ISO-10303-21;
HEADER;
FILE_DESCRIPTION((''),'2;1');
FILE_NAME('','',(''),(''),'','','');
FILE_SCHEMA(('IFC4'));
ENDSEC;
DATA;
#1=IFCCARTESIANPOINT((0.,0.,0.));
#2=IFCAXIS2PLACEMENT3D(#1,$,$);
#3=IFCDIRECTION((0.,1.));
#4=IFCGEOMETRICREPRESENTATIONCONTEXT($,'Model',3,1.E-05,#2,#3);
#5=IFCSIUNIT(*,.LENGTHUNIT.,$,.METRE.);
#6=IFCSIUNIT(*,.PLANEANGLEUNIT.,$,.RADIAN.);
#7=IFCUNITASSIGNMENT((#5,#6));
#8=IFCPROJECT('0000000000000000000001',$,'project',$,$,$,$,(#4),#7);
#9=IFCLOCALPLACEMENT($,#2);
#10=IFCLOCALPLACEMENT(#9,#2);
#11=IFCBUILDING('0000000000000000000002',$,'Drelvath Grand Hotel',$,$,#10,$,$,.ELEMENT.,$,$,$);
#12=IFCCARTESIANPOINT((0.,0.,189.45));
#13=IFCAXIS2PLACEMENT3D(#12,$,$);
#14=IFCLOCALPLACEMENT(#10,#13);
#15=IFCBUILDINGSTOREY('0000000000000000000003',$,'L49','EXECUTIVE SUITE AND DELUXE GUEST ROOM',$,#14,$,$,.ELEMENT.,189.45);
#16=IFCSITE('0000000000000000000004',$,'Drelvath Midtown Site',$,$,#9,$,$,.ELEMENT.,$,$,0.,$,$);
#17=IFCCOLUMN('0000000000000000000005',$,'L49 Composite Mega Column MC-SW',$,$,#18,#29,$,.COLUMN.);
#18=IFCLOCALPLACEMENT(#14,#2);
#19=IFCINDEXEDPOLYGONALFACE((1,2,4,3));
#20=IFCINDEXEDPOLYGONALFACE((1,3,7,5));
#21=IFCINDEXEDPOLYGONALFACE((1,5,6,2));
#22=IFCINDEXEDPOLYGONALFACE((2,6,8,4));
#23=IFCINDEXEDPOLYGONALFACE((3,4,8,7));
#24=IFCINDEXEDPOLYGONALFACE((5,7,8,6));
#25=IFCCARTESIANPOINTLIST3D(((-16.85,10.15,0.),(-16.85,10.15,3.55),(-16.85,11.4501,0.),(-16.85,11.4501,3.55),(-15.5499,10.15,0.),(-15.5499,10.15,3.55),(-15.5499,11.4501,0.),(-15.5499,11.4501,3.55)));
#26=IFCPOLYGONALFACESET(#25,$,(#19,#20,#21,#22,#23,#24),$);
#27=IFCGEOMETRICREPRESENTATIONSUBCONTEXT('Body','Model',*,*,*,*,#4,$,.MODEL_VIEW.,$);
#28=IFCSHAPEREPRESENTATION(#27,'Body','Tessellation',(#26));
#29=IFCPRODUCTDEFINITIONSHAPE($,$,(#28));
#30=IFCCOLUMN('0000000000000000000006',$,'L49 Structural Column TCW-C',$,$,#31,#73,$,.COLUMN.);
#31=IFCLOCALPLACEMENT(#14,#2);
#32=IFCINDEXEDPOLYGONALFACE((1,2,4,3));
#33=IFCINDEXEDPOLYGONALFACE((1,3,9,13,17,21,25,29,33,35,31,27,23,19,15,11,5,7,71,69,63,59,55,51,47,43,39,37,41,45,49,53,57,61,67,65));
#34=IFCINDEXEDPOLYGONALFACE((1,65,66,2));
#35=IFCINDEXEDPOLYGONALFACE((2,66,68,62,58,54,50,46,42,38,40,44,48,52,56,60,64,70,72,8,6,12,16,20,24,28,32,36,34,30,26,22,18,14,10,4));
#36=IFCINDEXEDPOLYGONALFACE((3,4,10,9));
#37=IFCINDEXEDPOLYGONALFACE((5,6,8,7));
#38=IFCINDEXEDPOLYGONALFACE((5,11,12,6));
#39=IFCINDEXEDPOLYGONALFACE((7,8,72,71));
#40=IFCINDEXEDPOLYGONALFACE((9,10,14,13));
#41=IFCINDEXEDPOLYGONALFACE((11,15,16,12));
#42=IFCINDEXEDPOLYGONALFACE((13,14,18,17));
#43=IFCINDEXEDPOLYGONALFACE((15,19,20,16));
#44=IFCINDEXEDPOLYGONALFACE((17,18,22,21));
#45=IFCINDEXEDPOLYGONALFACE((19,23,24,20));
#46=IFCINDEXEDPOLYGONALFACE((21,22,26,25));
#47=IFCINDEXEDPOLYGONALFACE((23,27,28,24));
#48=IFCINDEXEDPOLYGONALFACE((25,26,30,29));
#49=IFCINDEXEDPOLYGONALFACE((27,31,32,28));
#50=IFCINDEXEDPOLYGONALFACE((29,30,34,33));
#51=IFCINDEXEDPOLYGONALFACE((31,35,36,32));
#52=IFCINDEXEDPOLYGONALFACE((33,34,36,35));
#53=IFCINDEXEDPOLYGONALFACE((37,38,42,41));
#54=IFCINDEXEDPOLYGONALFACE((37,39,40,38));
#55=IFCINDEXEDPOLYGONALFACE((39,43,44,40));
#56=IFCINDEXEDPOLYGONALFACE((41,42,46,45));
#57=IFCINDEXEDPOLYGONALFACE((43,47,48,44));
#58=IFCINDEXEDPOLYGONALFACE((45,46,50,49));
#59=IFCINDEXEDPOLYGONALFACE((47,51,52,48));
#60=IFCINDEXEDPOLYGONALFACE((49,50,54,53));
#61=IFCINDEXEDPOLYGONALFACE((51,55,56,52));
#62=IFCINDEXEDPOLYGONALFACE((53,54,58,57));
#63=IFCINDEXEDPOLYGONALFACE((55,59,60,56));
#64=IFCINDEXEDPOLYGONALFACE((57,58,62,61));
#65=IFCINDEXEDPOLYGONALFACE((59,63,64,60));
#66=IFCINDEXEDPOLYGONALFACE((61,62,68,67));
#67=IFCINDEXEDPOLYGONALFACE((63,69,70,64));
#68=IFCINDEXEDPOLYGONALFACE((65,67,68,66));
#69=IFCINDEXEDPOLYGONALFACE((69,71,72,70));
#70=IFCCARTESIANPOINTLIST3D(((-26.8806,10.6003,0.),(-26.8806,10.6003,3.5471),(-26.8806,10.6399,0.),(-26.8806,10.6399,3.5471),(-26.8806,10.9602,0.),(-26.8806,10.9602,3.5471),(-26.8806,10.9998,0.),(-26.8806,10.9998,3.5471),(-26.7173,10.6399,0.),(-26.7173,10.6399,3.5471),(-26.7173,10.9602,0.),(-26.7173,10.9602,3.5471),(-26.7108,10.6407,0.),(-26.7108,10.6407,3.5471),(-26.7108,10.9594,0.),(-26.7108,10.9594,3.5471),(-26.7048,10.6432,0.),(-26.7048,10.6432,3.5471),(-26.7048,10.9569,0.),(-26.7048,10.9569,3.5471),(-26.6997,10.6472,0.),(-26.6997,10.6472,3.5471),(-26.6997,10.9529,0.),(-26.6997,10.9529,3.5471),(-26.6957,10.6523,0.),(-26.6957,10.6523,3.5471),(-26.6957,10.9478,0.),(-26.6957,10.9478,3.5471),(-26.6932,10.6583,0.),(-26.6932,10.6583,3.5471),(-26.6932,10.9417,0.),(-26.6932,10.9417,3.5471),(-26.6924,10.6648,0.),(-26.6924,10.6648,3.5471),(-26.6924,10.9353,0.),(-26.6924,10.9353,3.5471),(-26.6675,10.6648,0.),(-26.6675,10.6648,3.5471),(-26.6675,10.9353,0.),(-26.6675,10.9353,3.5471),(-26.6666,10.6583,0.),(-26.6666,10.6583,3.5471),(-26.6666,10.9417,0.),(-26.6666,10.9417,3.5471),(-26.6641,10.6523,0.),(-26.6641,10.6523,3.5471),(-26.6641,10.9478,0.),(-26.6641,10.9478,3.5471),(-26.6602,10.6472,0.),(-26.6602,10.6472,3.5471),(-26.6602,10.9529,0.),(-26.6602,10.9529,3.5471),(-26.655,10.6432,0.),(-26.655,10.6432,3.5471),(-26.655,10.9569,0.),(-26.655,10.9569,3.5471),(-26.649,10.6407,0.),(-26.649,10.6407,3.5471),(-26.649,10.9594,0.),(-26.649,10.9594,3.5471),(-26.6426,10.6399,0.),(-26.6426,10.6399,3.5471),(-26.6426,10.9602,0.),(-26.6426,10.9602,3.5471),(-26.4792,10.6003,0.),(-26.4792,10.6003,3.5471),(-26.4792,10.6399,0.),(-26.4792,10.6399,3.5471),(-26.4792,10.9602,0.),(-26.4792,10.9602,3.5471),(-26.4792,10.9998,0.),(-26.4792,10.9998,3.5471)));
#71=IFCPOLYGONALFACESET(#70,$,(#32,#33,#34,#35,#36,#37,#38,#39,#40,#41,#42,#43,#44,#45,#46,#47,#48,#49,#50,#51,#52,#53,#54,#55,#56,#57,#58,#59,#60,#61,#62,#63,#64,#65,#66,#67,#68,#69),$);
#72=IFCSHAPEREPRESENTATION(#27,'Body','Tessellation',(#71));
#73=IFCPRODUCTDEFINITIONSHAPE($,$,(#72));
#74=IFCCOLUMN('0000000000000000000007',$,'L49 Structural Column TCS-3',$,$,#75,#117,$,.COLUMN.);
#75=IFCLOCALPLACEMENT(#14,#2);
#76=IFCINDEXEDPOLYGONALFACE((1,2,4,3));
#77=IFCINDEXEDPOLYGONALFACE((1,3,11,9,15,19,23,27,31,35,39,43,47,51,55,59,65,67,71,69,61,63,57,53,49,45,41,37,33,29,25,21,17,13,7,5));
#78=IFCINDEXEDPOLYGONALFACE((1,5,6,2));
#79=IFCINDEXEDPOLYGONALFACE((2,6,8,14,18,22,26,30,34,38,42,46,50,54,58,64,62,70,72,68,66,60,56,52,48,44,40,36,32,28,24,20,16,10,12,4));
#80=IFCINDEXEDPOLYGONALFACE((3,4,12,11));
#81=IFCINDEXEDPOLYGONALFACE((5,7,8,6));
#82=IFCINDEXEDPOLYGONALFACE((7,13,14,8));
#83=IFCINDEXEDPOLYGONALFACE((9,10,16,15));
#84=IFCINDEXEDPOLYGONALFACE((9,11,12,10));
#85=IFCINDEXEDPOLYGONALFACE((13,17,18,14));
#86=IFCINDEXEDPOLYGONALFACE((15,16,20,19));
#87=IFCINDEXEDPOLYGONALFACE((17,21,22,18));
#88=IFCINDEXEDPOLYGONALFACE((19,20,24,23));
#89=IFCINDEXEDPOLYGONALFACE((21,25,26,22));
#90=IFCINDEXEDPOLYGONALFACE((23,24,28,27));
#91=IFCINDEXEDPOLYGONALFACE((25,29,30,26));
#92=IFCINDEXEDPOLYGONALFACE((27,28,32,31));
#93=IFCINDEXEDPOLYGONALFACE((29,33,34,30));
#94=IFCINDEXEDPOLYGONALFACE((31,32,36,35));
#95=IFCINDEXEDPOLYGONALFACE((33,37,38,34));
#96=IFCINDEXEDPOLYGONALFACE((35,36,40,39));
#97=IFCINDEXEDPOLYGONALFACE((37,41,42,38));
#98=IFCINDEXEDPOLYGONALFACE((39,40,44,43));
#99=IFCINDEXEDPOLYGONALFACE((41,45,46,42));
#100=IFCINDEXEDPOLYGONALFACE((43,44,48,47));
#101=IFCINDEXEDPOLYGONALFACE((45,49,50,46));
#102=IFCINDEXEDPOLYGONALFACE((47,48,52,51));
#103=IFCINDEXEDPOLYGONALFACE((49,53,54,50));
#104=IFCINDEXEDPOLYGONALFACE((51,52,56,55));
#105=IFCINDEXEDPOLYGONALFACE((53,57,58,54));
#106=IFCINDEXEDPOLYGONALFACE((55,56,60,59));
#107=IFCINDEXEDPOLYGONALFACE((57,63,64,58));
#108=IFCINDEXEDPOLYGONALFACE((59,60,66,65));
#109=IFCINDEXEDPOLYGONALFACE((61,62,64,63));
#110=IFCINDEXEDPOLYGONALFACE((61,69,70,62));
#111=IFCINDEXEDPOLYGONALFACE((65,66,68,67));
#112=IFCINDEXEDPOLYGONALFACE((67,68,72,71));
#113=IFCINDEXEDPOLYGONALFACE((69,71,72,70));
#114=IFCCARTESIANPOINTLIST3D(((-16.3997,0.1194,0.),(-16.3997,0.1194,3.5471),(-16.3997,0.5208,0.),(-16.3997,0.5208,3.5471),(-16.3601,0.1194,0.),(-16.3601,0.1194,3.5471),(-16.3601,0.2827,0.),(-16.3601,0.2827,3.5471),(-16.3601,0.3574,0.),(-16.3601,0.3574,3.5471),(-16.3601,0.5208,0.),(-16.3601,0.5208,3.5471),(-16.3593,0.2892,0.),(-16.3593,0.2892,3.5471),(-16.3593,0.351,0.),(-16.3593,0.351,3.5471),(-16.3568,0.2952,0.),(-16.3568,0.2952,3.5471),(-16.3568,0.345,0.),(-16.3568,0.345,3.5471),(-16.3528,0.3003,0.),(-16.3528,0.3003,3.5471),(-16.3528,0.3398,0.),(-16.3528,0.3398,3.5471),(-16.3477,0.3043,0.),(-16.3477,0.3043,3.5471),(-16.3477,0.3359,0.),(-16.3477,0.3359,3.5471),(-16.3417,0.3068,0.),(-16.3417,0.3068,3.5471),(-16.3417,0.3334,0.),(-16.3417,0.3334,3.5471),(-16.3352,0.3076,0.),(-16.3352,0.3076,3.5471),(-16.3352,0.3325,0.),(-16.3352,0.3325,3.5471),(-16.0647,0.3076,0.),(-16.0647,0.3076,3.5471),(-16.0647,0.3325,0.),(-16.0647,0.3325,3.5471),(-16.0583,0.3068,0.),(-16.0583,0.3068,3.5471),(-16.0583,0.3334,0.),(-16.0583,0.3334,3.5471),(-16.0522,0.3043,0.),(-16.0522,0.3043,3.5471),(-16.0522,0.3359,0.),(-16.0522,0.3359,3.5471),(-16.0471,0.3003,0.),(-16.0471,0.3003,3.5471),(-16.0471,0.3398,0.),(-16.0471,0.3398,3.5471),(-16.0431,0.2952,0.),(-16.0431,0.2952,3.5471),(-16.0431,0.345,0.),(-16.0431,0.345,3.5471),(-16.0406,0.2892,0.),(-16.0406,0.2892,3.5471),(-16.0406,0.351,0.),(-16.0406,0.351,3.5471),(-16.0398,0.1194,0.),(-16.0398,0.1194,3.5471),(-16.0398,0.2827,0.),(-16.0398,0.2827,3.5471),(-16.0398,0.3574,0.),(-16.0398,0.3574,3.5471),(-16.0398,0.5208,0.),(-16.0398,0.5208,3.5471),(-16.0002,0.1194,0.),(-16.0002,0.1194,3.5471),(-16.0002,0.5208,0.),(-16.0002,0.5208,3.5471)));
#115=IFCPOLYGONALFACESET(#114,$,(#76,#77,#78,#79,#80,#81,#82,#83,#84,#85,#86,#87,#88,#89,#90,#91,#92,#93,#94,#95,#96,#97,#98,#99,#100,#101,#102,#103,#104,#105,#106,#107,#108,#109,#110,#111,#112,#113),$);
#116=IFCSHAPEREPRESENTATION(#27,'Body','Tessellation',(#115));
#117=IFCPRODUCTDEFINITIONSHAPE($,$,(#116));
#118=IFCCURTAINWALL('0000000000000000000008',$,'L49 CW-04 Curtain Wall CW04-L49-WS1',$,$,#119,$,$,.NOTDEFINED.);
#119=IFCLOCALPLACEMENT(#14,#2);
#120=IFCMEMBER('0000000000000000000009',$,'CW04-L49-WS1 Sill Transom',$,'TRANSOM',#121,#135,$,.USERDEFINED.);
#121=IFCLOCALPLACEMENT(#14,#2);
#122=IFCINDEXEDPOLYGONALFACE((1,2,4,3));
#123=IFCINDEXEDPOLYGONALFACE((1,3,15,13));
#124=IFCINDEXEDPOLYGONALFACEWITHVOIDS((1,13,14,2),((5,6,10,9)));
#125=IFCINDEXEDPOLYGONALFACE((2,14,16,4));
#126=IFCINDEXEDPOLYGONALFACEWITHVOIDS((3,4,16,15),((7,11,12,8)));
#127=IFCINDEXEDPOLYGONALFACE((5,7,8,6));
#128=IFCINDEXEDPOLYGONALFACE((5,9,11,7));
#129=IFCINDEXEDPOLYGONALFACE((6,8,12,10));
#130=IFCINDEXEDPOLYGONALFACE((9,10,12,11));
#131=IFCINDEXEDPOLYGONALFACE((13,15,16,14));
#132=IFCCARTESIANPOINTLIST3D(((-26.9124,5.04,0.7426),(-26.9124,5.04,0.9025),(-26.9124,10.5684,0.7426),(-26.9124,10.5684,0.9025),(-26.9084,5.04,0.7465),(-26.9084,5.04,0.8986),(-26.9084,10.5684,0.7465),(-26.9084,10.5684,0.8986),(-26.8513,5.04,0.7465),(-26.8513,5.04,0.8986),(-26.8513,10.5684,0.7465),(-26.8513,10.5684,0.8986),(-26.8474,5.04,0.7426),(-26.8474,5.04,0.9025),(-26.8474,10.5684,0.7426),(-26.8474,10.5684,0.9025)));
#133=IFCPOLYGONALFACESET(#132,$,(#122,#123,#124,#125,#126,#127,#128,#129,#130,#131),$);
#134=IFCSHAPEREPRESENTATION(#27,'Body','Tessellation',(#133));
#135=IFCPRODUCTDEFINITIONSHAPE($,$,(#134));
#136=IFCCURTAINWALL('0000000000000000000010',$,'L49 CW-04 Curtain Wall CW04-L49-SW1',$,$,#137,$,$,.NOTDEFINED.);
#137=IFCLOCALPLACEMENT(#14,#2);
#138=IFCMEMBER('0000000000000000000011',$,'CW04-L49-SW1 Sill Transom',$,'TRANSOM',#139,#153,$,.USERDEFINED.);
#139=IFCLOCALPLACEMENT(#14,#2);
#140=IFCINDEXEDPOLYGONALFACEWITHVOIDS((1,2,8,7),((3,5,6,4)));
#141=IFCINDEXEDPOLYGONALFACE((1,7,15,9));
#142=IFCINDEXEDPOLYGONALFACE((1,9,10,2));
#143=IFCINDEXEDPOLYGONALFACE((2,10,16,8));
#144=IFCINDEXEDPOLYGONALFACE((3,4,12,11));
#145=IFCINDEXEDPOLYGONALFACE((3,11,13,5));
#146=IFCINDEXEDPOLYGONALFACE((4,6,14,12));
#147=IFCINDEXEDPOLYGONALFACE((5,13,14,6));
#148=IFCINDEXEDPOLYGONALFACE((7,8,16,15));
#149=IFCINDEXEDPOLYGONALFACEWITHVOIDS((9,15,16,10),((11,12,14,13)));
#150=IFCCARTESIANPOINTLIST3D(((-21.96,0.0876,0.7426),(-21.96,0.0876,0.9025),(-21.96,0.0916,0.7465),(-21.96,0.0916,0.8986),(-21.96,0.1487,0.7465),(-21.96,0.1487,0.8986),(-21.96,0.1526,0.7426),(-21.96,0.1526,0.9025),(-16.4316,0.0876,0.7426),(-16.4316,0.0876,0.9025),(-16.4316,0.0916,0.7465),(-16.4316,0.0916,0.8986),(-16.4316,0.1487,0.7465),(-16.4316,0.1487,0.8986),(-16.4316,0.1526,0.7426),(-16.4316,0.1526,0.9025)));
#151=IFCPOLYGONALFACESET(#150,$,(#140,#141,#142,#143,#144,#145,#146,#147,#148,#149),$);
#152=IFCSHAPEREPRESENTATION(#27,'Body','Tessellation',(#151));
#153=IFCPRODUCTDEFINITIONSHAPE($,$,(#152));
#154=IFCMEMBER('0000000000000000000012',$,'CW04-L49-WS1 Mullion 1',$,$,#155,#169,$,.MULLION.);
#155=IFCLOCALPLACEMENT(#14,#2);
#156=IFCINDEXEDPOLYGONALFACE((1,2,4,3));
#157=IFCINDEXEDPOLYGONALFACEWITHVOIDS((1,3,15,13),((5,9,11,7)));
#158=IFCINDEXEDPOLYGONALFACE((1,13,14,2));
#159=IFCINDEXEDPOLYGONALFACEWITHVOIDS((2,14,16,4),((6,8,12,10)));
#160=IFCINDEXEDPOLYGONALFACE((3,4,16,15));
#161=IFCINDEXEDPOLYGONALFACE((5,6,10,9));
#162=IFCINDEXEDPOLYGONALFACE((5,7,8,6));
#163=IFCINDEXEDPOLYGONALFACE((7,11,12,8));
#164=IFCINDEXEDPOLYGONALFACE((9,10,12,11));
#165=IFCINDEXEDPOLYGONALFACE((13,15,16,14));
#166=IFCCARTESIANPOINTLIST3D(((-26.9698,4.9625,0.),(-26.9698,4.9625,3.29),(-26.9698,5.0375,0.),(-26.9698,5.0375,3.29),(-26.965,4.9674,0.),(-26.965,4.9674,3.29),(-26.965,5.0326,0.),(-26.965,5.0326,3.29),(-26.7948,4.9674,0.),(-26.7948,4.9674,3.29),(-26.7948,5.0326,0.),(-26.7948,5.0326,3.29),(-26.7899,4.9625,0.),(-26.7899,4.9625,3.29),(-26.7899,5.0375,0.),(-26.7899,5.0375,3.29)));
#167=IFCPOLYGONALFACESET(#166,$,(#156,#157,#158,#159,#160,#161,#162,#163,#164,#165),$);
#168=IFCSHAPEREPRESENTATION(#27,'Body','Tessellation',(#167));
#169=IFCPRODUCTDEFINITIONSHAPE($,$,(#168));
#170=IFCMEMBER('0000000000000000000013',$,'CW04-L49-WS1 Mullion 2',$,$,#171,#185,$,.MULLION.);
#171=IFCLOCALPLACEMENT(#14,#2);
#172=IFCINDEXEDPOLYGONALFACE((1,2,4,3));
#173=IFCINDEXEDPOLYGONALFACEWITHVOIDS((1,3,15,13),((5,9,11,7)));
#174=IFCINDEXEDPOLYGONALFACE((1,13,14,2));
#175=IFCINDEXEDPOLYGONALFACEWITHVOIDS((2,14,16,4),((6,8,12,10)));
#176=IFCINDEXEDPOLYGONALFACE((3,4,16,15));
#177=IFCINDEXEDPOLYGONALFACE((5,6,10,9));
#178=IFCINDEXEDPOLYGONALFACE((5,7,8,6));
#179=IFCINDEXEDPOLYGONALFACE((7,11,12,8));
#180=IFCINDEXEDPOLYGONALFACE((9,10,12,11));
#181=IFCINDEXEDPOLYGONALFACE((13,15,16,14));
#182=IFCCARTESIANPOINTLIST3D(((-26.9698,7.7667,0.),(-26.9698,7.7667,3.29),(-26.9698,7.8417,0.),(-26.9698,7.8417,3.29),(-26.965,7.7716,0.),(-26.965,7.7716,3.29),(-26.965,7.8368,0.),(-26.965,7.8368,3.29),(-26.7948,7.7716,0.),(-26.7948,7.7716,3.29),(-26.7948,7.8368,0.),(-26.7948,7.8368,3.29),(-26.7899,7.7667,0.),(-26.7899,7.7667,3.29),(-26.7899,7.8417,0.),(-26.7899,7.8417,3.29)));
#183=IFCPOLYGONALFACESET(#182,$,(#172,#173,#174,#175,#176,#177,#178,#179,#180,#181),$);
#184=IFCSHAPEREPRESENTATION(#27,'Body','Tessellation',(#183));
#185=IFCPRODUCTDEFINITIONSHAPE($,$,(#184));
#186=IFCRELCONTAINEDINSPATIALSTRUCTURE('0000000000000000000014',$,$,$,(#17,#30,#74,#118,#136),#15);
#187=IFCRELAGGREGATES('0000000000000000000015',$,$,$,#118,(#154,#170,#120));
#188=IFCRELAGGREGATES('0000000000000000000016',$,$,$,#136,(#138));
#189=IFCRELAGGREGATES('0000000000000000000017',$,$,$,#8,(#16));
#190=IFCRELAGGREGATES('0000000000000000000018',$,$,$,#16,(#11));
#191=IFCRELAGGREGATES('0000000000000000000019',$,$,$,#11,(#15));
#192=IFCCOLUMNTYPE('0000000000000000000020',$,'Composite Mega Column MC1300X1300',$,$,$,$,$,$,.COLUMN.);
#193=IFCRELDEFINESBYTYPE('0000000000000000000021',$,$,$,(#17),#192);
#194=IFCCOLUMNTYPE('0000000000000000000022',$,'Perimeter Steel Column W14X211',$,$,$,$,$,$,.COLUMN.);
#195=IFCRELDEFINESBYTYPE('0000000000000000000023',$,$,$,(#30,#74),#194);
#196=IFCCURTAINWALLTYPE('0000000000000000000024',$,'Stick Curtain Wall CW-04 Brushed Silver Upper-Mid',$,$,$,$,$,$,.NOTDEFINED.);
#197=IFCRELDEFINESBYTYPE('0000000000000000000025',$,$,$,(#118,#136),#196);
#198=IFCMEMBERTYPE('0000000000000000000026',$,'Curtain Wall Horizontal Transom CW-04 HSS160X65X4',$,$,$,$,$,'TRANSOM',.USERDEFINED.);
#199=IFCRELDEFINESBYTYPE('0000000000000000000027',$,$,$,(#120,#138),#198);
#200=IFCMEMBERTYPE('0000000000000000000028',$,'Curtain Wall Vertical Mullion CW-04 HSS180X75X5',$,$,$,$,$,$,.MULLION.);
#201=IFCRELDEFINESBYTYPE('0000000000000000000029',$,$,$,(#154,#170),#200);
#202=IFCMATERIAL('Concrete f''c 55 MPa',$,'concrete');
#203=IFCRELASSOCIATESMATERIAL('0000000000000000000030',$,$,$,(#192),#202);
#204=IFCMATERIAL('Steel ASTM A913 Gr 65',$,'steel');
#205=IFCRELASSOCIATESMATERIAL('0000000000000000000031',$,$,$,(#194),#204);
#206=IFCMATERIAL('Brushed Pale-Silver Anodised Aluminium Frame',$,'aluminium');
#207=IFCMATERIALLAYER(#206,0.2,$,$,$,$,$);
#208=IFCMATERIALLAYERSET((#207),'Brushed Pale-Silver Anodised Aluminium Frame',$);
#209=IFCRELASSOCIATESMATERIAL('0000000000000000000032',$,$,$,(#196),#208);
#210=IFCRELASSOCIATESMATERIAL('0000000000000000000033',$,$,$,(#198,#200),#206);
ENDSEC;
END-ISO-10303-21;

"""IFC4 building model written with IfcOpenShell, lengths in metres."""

from ifc_helpers import new_model, si_unit, direction, frame, origin, origin_2d, place, context, subcontext, project, spatial, rectangle, hollow_rectangle, i_section, extrude, material, layer, layer_set, material_profile, profile_set, type_object, element, aggregate, save


model = new_model("IFC4")

# Units and contexts
model_context = context("Model", 3, precision=1e-05, world=origin(), true_north=direction((0.0, 1.0)))
body_context = subcontext(model_context, "Body", "Model", "MODEL_VIEW")
ifc_project = project(units=[si_unit("LENGTHUNIT", "METRE"), si_unit("PLANEANGLEUNIT", "RADIAN")], contexts=[model_context])

# Site, building, storey
site_placement = place(None, origin())
site = spatial("IfcSite", under=ifc_project, at=site_placement, Name="Drelvath Midtown Site", CompositionType="ELEMENT", RefElevation=0.0)
building_placement = place(site_placement, origin())
building = spatial("IfcBuilding", under=site, at=building_placement, Name="Drelvath Grand Hotel", CompositionType="ELEMENT")
storey_placement = place(building_placement, frame((0.0, 0.0, 189.45)))
storey = spatial("IfcBuildingStorey", under=building, at=storey_placement, Name="L49", Description="EXECUTIVE SUITE AND DELUXE GUEST ROOM", CompositionType="ELEMENT", Elevation=189.45)

# Columns
ifc_material_1 = material(Name="Concrete f'c 55 MPa", Category="concrete")
ifc_material_profile_1 = material_profile(ifc_material_1, rectangle(XDim=1.3, YDim=1.3, at=origin_2d()), Name="MC1300X1300")
ifc_profile_set_1 = profile_set([ifc_material_profile_1], Name="Concrete f'c 55 MPa")
column_type_1 = type_object("IfcColumnType", Name="Composite Mega Column MC1300X1300", PredefinedType="COLUMN", material=ifc_profile_set_1)
column_placement = place(storey_placement, frame((-16.2, 10.8, 0.0), z_axis=(0.0, 0.0, 1.0), x_axis=(1.0, 0.0, 0.0)))
element("IfcColumn", 1, at=column_placement, inside=storey, type_object=column_type_1, Name="L49 Composite Mega Column MC-SW", PredefinedType="COLUMN", context=body_context, shape_type="SweptSolid", body=[
    extrude(rectangle(XDim=1.3, YDim=1.3, at=origin_2d()), origin(), (0.0, 0.0, 1.0), 3.55),
])
ifc_material_2 = material(Name="Steel ASTM A913 Gr 65", Category="steel")
ifc_material_profile_2 = material_profile(ifc_material_2, i_section(OverallWidth=0.4014, OverallDepth=0.3994, WebThickness=0.0249, FlangeThickness=0.0396, FilletRadius=0.0249, at=origin_2d()), Name="W14X211")
ifc_profile_set_2 = profile_set([ifc_material_profile_2], Name="Steel ASTM A913 Gr 65")
column_type_2 = type_object("IfcColumnType", Name="Perimeter Steel Column W14X211", PredefinedType="COLUMN", material=ifc_profile_set_2)
for number, where, z_axis, x_axis, name in (
    (2, (-26.6799, 10.8, 0.0), (0.0, 0.0, 1.0), (1.0, 0.0, 0.0), "L49 Structural Column TCW-C"),
    (3, (-16.2, 0.3201, 0.0), (0.0, 0.0, 1.0), (0.0, 1.0, 0.0), "L49 Structural Column TCS-3"),
):
    element("IfcColumn", number, at=place(storey_placement, frame(where, z_axis=z_axis, x_axis=x_axis)), inside=storey, type_object=column_type_2, Name=name, PredefinedType="COLUMN", context=body_context, shape_type="SweptSolid", body=[
        extrude(i_section(OverallWidth=0.4014, OverallDepth=0.3994, WebThickness=0.0249, FlangeThickness=0.0396, FilletRadius=0.0249, at=origin_2d()), origin(), (0.0, 0.0, 1.0), 3.5471),
    ])

# Curtain walls, members
ifc_material_3 = material(Name="Brushed Pale-Silver Anodised Aluminium Frame", Category="aluminium")
ifc_layer_1 = layer(ifc_material_3, 0.2)
ifc_layer_set_1 = layer_set([ifc_layer_1], Name="Brushed Pale-Silver Anodised Aluminium Frame")
curtain_wall_type = type_object("IfcCurtainWallType", Name="Stick Curtain Wall CW-04 Brushed Silver Upper-Mid", PredefinedType="NOTDEFINED", material=ifc_layer_set_1)
curtain_wall_1_placement = place(storey_placement, origin())
curtain_wall_1 = element("IfcCurtainWall", 4, at=curtain_wall_1_placement, inside=storey, type_object=curtain_wall_type, Name="L49 CW-04 Curtain Wall CW04-L49-WS1", PredefinedType="NOTDEFINED")
ifc_material_profile_3 = material_profile(ifc_material_3, hollow_rectangle(XDim=0.0649, YDim=0.1599, WallThickness=0.0039, at=origin_2d()), Name="HSS160X65X4")
ifc_profile_set_3 = profile_set([ifc_material_profile_3], Name="Brushed Pale-Silver Anodised Aluminium Frame")
member_type_1 = type_object("IfcMemberType", Name="Curtain Wall Horizontal Transom CW-04 HSS160X65X4", ElementType="TRANSOM", PredefinedType="USERDEFINED", material=ifc_profile_set_3)
member_1_placement = place(storey_placement, frame((-26.8799, 5.04, 0.8225), z_axis=(0.0, 1.0, 0.0), x_axis=(-1.0, 0.0, 0.0)))
member_1 = element("IfcMember", 5, at=member_1_placement, type_object=member_type_1, Name="CW04-L49-WS1 Sill Transom", ObjectType="TRANSOM", PredefinedType="USERDEFINED", context=body_context, shape_type="SweptSolid", body=[
    extrude(hollow_rectangle(XDim=0.0649, YDim=0.1599, WallThickness=0.0039, at=origin_2d()), origin(), (0.0, 0.0, 1.0), 5.5283),
])
curtain_wall_2_placement = place(storey_placement, origin())
curtain_wall_2 = element("IfcCurtainWall", 6, at=curtain_wall_2_placement, inside=storey, type_object=curtain_wall_type, Name="L49 CW-04 Curtain Wall CW04-L49-SW1", PredefinedType="NOTDEFINED")
member_2_placement = place(storey_placement, frame((-16.4316, 0.1201, 0.8225), z_axis=(-1.0, 0.0, 0.0), x_axis=(0.0, -1.0, 0.0)))
member_2 = element("IfcMember", 7, at=member_2_placement, type_object=member_type_1, Name="CW04-L49-SW1 Sill Transom", ObjectType="TRANSOM", PredefinedType="USERDEFINED", context=body_context, shape_type="SweptSolid", body=[
    extrude(hollow_rectangle(XDim=0.0649, YDim=0.1599, WallThickness=0.0039, at=origin_2d()), origin(), (0.0, 0.0, 1.0), 5.5283),
])

# Members
ifc_material_profile_4 = material_profile(ifc_material_3, hollow_rectangle(XDim=0.075, YDim=0.1799, WallThickness=0.0049, at=origin_2d()), Name="HSS180X75X5")
ifc_profile_set_4 = profile_set([ifc_material_profile_4], Name="Brushed Pale-Silver Anodised Aluminium Frame")
member_type_2 = type_object("IfcMemberType", Name="Curtain Wall Vertical Mullion CW-04 HSS180X75X5", PredefinedType="MULLION", material=ifc_profile_set_4)
member_3_placement = place(storey_placement, frame((-26.8799, 5.0, 0.0), z_axis=(0.0, 0.0, 1.0), x_axis=(0.0, 1.0, 0.0)))
member_3 = element("IfcMember", 8, at=member_3_placement, type_object=member_type_2, Name="CW04-L49-WS1 Mullion 1", PredefinedType="MULLION", context=body_context, shape_type="SweptSolid", body=[
    extrude(hollow_rectangle(XDim=0.075, YDim=0.1799, WallThickness=0.0049, at=origin_2d()), origin(), (0.0, 0.0, 1.0), 3.29),
])
member_4_placement = place(storey_placement, frame((-26.8799, 7.8042, 0.0), z_axis=(0.0, 0.0, 1.0), x_axis=(0.0, 1.0, 0.0)))
member_4 = element("IfcMember", 9, at=member_4_placement, type_object=member_type_2, Name="CW04-L49-WS1 Mullion 2", PredefinedType="MULLION", context=body_context, shape_type="SweptSolid", body=[
    extrude(hollow_rectangle(XDim=0.075, YDim=0.1799, WallThickness=0.0049, at=origin_2d()), origin(), (0.0, 0.0, 1.0), 3.29),
])

aggregate(curtain_wall_1, [member_3, member_4, member_1])
aggregate(curtain_wall_2, [member_2])

save(model, "model.ifc")
